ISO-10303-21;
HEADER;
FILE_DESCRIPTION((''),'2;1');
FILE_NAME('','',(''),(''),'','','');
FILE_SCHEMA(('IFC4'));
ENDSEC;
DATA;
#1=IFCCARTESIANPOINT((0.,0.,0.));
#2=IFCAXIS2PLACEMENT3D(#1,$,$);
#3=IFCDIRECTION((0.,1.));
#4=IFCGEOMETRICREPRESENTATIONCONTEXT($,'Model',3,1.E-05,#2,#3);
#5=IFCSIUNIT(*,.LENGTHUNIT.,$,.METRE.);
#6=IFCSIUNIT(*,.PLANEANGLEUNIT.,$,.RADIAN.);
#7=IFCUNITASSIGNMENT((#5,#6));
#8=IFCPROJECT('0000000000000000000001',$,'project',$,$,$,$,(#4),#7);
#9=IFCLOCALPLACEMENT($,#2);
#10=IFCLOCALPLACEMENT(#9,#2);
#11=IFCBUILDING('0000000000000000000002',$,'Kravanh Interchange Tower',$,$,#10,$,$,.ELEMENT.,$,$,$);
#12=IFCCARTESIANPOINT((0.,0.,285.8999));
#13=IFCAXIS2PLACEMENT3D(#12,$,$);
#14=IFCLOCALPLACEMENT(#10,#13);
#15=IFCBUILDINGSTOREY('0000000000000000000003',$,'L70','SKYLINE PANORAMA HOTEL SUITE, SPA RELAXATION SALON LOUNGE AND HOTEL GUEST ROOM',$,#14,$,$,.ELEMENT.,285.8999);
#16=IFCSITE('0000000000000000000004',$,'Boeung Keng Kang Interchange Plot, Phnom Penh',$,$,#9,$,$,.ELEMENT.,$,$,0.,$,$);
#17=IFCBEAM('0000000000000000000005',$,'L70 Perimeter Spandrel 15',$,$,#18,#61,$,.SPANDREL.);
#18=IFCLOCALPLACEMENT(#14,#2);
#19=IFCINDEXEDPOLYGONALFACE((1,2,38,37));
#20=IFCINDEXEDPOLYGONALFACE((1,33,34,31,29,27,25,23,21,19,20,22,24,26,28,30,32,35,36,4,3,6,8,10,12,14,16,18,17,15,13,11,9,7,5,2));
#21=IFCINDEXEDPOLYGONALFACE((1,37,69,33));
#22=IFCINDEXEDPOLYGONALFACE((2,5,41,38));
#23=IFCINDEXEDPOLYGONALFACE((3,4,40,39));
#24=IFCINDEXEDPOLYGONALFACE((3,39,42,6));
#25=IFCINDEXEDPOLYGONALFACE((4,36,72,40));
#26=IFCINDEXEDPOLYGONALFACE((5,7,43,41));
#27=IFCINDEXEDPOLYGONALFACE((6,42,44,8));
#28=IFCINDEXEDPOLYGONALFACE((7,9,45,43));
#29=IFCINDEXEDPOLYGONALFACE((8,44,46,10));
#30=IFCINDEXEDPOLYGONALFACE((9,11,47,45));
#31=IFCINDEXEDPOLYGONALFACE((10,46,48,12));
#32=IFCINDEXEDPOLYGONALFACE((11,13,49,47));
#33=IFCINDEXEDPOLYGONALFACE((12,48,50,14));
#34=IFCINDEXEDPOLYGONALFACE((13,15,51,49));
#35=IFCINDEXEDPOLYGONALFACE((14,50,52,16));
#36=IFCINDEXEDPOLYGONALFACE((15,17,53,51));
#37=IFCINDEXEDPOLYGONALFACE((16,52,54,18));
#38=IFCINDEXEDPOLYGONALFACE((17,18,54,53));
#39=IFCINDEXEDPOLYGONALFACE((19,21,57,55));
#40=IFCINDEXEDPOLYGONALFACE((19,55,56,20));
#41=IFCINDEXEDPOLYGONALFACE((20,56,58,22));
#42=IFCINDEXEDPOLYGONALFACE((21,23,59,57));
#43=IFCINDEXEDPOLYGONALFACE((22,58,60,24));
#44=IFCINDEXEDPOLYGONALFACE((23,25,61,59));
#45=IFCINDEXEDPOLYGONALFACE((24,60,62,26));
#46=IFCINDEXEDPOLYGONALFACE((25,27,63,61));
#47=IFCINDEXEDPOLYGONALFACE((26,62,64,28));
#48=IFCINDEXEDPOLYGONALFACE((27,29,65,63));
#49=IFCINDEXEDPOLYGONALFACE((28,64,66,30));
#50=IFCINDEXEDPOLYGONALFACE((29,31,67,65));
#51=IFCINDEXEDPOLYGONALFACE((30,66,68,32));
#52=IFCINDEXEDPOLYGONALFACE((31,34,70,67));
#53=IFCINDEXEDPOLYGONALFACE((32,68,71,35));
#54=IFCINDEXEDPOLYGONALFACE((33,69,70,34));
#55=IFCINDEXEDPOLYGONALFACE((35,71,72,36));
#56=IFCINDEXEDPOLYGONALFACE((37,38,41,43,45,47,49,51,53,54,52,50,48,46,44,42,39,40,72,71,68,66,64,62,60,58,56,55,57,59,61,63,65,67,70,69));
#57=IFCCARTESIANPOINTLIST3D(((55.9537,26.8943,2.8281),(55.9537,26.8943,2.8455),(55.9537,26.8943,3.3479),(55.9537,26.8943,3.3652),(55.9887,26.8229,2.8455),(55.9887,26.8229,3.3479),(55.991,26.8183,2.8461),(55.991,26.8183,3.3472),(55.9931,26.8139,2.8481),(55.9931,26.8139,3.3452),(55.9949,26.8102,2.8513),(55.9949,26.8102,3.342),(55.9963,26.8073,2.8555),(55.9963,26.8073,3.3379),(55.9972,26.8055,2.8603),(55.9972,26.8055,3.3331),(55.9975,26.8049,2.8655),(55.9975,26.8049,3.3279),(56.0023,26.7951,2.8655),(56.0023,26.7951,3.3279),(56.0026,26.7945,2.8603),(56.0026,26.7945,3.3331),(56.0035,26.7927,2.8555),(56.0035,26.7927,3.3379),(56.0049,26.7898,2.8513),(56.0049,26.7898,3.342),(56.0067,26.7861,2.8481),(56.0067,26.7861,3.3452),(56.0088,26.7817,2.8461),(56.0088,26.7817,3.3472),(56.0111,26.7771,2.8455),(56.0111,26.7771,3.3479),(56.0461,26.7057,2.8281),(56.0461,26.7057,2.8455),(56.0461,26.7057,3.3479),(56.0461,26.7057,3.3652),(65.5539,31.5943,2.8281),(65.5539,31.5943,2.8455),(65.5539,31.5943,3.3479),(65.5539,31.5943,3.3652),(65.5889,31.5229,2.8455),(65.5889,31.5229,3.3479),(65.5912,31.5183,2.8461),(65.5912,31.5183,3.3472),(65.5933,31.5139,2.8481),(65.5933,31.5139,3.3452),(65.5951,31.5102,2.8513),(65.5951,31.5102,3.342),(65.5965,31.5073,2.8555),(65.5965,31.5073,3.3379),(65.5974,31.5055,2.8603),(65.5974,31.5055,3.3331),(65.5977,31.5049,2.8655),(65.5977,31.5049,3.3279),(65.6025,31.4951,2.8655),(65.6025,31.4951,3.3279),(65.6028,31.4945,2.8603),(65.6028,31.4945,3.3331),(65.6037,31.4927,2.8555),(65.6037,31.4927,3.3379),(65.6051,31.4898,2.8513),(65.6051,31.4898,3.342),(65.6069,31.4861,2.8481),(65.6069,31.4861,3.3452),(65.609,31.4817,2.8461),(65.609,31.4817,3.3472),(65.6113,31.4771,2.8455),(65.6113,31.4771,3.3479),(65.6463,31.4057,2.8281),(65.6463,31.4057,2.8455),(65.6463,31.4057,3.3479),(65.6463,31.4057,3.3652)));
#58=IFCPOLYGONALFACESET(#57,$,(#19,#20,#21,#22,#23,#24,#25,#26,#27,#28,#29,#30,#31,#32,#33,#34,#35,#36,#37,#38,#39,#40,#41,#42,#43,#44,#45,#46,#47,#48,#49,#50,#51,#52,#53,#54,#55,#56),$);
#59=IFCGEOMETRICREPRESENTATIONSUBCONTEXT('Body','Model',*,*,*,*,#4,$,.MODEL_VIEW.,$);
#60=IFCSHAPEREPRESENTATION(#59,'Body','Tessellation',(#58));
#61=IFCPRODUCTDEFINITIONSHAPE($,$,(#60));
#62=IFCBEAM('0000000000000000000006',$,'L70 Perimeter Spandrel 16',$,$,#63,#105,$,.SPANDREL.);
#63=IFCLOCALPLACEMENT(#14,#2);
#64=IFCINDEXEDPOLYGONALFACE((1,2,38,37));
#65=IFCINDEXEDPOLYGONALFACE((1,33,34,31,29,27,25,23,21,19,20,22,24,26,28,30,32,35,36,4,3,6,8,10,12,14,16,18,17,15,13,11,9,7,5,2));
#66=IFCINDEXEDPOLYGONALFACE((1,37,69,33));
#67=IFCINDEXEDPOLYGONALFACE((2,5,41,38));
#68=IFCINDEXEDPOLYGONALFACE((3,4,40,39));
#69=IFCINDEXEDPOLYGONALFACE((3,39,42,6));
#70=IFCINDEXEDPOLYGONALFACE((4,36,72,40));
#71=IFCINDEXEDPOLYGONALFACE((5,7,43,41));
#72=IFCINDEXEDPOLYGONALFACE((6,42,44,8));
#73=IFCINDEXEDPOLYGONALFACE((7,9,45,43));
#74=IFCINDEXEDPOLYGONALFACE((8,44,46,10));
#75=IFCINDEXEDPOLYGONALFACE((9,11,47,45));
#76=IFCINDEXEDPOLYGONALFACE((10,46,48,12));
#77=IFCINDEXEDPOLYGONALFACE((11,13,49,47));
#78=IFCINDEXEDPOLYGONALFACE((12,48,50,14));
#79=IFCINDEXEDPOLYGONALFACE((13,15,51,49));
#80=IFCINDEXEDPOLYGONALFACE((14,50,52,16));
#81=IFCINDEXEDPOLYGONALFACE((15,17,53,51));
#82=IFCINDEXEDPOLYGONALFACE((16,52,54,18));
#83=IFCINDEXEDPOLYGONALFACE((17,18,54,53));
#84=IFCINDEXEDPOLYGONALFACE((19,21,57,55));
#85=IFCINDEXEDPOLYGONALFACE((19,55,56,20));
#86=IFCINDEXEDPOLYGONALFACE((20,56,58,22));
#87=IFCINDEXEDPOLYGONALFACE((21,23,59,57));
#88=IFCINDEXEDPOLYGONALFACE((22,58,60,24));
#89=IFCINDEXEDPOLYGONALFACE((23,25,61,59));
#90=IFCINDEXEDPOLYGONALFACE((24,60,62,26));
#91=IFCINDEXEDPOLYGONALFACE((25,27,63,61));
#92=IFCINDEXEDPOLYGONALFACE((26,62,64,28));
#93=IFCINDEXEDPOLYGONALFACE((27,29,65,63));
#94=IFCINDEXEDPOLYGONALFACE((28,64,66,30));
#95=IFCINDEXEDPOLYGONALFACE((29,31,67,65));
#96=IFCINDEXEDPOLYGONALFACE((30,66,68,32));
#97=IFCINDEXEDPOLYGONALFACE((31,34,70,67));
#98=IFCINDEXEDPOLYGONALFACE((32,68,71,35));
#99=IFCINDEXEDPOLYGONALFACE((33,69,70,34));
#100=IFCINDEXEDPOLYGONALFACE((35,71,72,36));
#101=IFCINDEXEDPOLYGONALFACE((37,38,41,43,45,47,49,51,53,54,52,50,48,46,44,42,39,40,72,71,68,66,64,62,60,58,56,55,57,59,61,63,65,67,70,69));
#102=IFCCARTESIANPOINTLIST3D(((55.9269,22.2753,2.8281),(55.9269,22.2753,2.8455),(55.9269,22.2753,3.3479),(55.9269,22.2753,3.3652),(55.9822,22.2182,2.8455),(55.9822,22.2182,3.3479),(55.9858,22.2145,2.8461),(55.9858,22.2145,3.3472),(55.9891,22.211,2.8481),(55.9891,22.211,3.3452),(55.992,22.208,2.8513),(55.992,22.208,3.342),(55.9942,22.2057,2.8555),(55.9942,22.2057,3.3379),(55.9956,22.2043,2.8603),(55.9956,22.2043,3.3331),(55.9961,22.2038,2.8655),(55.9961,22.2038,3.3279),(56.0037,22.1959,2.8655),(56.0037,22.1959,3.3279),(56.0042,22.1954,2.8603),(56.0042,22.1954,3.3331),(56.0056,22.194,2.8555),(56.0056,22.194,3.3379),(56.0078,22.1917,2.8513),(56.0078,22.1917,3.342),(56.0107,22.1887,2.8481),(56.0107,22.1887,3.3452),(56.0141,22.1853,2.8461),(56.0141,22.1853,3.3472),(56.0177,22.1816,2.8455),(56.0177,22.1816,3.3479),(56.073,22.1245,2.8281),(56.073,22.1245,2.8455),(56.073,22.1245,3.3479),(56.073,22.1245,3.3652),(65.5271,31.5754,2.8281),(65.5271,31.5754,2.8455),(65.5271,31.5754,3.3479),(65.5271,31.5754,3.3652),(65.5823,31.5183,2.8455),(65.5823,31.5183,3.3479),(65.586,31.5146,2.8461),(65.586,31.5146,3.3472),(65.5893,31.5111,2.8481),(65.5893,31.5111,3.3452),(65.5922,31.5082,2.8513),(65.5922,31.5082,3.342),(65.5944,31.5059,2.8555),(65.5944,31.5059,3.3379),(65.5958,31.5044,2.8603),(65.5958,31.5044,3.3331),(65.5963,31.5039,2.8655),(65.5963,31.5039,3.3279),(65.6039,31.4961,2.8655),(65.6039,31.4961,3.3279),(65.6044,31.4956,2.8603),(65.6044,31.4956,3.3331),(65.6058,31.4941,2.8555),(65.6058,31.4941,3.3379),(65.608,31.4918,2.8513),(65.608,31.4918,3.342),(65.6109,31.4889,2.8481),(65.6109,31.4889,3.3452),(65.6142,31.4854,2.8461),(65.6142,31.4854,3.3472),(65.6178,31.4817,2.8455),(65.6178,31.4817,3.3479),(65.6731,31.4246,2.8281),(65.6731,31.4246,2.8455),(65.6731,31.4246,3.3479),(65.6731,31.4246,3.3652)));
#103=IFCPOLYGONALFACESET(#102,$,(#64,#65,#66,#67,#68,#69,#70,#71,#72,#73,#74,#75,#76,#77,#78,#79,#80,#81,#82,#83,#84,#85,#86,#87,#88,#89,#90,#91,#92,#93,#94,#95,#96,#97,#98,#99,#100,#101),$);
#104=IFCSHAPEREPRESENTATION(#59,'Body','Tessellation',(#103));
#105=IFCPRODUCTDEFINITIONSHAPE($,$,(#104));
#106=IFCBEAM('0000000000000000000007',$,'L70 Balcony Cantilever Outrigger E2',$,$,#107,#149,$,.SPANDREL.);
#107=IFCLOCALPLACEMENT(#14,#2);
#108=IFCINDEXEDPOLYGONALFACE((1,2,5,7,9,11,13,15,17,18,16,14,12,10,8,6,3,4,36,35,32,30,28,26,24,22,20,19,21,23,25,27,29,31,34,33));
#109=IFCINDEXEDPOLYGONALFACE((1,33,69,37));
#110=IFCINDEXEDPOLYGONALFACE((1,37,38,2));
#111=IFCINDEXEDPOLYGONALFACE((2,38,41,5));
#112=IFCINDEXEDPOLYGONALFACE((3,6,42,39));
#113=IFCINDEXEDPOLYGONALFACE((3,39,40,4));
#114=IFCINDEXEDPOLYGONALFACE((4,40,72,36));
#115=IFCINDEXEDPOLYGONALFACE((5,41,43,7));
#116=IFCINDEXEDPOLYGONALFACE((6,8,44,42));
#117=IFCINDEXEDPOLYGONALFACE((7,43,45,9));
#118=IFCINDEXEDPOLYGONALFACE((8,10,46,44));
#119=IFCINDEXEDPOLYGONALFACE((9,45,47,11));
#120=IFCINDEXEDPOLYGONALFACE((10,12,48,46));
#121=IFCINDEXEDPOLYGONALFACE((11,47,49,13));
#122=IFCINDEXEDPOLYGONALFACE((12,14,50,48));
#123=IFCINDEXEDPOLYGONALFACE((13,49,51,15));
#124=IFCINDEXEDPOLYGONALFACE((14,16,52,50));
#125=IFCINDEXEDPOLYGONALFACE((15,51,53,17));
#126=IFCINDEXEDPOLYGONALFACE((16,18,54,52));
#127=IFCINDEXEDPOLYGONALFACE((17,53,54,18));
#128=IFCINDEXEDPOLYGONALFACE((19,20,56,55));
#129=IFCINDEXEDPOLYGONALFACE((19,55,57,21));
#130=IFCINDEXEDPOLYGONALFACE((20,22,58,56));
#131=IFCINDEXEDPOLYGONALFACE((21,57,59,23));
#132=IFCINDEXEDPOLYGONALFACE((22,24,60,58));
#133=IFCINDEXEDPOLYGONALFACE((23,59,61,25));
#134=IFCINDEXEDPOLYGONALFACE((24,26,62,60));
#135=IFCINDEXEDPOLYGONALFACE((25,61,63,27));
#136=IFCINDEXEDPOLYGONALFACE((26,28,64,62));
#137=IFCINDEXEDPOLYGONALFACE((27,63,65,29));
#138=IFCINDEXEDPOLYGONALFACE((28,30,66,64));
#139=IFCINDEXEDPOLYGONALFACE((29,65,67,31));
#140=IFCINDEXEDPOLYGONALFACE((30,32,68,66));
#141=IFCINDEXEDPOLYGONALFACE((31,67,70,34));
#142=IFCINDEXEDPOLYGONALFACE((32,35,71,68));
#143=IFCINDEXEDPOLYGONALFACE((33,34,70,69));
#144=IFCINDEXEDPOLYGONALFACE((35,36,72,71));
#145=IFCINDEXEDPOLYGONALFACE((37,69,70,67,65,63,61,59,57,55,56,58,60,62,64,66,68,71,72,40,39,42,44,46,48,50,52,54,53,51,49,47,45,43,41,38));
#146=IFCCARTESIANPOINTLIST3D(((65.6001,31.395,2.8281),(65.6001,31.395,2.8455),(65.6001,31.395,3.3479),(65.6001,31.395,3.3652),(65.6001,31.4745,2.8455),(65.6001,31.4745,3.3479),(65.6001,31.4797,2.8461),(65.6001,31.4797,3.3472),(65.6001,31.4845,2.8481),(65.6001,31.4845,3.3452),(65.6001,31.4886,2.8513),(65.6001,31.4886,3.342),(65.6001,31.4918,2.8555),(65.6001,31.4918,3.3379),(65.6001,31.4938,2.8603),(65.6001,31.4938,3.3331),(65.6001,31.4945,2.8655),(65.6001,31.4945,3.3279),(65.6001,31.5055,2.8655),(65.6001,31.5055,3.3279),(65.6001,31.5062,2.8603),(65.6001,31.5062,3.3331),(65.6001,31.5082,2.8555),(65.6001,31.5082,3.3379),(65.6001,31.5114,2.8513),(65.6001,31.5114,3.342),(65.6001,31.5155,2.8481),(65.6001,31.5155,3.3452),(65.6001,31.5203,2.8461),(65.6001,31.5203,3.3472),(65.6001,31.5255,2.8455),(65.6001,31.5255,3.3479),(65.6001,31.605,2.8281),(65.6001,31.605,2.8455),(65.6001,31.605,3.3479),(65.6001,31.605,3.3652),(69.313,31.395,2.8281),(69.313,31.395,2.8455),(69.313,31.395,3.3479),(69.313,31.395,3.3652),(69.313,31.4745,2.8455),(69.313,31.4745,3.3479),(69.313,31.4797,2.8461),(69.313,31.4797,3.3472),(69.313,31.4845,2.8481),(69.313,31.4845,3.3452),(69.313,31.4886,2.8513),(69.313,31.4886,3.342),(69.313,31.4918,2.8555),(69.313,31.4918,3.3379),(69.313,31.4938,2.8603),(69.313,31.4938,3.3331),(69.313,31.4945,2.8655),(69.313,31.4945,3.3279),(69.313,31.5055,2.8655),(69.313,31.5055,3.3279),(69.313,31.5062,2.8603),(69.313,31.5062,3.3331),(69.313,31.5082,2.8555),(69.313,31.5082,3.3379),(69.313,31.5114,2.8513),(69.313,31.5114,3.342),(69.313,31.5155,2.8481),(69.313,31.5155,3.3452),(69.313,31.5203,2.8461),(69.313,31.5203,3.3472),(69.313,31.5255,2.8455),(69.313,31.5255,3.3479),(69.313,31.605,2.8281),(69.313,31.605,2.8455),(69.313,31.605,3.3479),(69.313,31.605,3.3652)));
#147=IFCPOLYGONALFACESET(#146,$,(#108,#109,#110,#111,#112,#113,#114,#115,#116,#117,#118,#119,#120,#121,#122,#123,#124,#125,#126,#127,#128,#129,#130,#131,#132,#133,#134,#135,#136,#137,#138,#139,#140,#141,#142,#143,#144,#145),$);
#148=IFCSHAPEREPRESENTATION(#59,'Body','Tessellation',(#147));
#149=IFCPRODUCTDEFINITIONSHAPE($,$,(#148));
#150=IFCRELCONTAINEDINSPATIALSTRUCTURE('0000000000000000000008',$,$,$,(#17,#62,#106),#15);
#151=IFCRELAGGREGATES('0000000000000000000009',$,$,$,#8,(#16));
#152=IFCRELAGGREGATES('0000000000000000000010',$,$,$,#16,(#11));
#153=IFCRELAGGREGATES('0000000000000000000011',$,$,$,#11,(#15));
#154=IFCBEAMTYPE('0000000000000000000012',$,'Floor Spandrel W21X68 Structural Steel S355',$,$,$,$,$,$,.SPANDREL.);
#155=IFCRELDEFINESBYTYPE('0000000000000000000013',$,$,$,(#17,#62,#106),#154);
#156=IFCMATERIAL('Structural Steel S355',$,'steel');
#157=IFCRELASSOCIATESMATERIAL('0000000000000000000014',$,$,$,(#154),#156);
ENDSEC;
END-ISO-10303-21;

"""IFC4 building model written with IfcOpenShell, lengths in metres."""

from ifc_helpers import new_model, si_unit, direction, frame, origin, origin_2d, place, context, subcontext, project, spatial, i_section, extrude, material, material_profile, profile_set, type_object, element, save


model = new_model("IFC4")

# Units and contexts
model_context = context("Model", 3, precision=1e-05, world=origin(), true_north=direction((0.0, 1.0)))
body_context = subcontext(model_context, "Body", "Model", "MODEL_VIEW")
ifc_project = project(units=[si_unit("LENGTHUNIT", "METRE"), si_unit("PLANEANGLEUNIT", "RADIAN")], contexts=[model_context])

# Site, building, storey
site_placement = place(None, origin())
site = spatial("IfcSite", under=ifc_project, at=site_placement, Name="Boeung Keng Kang Interchange Plot, Phnom Penh", CompositionType="ELEMENT", RefElevation=0.0)
building_placement = place(site_placement, origin())
building = spatial("IfcBuilding", under=site, at=building_placement, Name="Kravanh Interchange Tower", CompositionType="ELEMENT")
storey_placement = place(building_placement, frame((0.0, 0.0, 285.8999)))
storey = spatial("IfcBuildingStorey", under=building, at=storey_placement, Name="L70", Description="SKYLINE PANORAMA HOTEL SUITE, SPA RELAXATION SALON LOUNGE AND HOTEL GUEST ROOM", CompositionType="ELEMENT", Elevation=285.8999)

# Beams
ifc_material_1 = material(Name="Structural Steel S355", Category="steel")
ifc_material_profile_1 = material_profile(ifc_material_1, i_section(OverallWidth=0.21, OverallDepth=0.5371, WebThickness=0.011, FlangeThickness=0.0173, FilletRadius=0.02, at=origin_2d()), Name="W21X68")
ifc_profile_set_1 = profile_set([ifc_material_profile_1], Name="Structural Steel S355")
beam_type_1 = type_object("IfcBeamType", Name="Floor Spandrel W21X68 Structural Steel S355", PredefinedType="SPANDREL", material=ifc_profile_set_1)
beam_1_placement = place(storey_placement, frame((65.6001, 31.5, 3.0967), z_axis=(-0.898142, -0.439706, 0.0), x_axis=(0.439706, -0.898142, 0.0)))
element("IfcBeam", 1, at=beam_1_placement, inside=storey, type_object=beam_type_1, Name="L70 Perimeter Spandrel 15", PredefinedType="SPANDREL", context=body_context, shape_type="SweptSolid", body=[
    extrude(i_section(OverallWidth=0.21, OverallDepth=0.5371, WebThickness=0.011, FlangeThickness=0.0173, FilletRadius=0.02, at=origin_2d()), origin(), (0.0, 0.0, 1.0), 10.689),
])
beam_2_placement = place(storey_placement, frame((65.6001, 31.5, 3.0967), z_axis=(-0.718242, -0.695793, 0.0), x_axis=(0.695793, -0.718242, 0.0)))
element("IfcBeam", 2, at=beam_2_placement, inside=storey, type_object=beam_type_1, Name="L70 Perimeter Spandrel 16", PredefinedType="SPANDREL", context=body_context, shape_type="SweptSolid", body=[
    extrude(i_section(OverallWidth=0.21, OverallDepth=0.5371, WebThickness=0.011, FlangeThickness=0.0173, FilletRadius=0.02, at=origin_2d()), origin(), (0.0, 0.0, 1.0), 13.3662),
])
beam_3_placement = place(storey_placement, frame((65.6001, 31.5, 3.0967), z_axis=(1.0, 0.0, 0.0), x_axis=(0.0, 1.0, 0.0)))
element("IfcBeam", 3, at=beam_3_placement, inside=storey, type_object=beam_type_1, Name="L70 Balcony Cantilever Outrigger E2", PredefinedType="SPANDREL", context=body_context, shape_type="SweptSolid", body=[
    extrude(i_section(OverallWidth=0.21, OverallDepth=0.5371, WebThickness=0.011, FlangeThickness=0.0173, FilletRadius=0.02, at=origin_2d()), origin(), (0.0, 0.0, 1.0), 3.7129),
])

save(model, "model.ifc")
